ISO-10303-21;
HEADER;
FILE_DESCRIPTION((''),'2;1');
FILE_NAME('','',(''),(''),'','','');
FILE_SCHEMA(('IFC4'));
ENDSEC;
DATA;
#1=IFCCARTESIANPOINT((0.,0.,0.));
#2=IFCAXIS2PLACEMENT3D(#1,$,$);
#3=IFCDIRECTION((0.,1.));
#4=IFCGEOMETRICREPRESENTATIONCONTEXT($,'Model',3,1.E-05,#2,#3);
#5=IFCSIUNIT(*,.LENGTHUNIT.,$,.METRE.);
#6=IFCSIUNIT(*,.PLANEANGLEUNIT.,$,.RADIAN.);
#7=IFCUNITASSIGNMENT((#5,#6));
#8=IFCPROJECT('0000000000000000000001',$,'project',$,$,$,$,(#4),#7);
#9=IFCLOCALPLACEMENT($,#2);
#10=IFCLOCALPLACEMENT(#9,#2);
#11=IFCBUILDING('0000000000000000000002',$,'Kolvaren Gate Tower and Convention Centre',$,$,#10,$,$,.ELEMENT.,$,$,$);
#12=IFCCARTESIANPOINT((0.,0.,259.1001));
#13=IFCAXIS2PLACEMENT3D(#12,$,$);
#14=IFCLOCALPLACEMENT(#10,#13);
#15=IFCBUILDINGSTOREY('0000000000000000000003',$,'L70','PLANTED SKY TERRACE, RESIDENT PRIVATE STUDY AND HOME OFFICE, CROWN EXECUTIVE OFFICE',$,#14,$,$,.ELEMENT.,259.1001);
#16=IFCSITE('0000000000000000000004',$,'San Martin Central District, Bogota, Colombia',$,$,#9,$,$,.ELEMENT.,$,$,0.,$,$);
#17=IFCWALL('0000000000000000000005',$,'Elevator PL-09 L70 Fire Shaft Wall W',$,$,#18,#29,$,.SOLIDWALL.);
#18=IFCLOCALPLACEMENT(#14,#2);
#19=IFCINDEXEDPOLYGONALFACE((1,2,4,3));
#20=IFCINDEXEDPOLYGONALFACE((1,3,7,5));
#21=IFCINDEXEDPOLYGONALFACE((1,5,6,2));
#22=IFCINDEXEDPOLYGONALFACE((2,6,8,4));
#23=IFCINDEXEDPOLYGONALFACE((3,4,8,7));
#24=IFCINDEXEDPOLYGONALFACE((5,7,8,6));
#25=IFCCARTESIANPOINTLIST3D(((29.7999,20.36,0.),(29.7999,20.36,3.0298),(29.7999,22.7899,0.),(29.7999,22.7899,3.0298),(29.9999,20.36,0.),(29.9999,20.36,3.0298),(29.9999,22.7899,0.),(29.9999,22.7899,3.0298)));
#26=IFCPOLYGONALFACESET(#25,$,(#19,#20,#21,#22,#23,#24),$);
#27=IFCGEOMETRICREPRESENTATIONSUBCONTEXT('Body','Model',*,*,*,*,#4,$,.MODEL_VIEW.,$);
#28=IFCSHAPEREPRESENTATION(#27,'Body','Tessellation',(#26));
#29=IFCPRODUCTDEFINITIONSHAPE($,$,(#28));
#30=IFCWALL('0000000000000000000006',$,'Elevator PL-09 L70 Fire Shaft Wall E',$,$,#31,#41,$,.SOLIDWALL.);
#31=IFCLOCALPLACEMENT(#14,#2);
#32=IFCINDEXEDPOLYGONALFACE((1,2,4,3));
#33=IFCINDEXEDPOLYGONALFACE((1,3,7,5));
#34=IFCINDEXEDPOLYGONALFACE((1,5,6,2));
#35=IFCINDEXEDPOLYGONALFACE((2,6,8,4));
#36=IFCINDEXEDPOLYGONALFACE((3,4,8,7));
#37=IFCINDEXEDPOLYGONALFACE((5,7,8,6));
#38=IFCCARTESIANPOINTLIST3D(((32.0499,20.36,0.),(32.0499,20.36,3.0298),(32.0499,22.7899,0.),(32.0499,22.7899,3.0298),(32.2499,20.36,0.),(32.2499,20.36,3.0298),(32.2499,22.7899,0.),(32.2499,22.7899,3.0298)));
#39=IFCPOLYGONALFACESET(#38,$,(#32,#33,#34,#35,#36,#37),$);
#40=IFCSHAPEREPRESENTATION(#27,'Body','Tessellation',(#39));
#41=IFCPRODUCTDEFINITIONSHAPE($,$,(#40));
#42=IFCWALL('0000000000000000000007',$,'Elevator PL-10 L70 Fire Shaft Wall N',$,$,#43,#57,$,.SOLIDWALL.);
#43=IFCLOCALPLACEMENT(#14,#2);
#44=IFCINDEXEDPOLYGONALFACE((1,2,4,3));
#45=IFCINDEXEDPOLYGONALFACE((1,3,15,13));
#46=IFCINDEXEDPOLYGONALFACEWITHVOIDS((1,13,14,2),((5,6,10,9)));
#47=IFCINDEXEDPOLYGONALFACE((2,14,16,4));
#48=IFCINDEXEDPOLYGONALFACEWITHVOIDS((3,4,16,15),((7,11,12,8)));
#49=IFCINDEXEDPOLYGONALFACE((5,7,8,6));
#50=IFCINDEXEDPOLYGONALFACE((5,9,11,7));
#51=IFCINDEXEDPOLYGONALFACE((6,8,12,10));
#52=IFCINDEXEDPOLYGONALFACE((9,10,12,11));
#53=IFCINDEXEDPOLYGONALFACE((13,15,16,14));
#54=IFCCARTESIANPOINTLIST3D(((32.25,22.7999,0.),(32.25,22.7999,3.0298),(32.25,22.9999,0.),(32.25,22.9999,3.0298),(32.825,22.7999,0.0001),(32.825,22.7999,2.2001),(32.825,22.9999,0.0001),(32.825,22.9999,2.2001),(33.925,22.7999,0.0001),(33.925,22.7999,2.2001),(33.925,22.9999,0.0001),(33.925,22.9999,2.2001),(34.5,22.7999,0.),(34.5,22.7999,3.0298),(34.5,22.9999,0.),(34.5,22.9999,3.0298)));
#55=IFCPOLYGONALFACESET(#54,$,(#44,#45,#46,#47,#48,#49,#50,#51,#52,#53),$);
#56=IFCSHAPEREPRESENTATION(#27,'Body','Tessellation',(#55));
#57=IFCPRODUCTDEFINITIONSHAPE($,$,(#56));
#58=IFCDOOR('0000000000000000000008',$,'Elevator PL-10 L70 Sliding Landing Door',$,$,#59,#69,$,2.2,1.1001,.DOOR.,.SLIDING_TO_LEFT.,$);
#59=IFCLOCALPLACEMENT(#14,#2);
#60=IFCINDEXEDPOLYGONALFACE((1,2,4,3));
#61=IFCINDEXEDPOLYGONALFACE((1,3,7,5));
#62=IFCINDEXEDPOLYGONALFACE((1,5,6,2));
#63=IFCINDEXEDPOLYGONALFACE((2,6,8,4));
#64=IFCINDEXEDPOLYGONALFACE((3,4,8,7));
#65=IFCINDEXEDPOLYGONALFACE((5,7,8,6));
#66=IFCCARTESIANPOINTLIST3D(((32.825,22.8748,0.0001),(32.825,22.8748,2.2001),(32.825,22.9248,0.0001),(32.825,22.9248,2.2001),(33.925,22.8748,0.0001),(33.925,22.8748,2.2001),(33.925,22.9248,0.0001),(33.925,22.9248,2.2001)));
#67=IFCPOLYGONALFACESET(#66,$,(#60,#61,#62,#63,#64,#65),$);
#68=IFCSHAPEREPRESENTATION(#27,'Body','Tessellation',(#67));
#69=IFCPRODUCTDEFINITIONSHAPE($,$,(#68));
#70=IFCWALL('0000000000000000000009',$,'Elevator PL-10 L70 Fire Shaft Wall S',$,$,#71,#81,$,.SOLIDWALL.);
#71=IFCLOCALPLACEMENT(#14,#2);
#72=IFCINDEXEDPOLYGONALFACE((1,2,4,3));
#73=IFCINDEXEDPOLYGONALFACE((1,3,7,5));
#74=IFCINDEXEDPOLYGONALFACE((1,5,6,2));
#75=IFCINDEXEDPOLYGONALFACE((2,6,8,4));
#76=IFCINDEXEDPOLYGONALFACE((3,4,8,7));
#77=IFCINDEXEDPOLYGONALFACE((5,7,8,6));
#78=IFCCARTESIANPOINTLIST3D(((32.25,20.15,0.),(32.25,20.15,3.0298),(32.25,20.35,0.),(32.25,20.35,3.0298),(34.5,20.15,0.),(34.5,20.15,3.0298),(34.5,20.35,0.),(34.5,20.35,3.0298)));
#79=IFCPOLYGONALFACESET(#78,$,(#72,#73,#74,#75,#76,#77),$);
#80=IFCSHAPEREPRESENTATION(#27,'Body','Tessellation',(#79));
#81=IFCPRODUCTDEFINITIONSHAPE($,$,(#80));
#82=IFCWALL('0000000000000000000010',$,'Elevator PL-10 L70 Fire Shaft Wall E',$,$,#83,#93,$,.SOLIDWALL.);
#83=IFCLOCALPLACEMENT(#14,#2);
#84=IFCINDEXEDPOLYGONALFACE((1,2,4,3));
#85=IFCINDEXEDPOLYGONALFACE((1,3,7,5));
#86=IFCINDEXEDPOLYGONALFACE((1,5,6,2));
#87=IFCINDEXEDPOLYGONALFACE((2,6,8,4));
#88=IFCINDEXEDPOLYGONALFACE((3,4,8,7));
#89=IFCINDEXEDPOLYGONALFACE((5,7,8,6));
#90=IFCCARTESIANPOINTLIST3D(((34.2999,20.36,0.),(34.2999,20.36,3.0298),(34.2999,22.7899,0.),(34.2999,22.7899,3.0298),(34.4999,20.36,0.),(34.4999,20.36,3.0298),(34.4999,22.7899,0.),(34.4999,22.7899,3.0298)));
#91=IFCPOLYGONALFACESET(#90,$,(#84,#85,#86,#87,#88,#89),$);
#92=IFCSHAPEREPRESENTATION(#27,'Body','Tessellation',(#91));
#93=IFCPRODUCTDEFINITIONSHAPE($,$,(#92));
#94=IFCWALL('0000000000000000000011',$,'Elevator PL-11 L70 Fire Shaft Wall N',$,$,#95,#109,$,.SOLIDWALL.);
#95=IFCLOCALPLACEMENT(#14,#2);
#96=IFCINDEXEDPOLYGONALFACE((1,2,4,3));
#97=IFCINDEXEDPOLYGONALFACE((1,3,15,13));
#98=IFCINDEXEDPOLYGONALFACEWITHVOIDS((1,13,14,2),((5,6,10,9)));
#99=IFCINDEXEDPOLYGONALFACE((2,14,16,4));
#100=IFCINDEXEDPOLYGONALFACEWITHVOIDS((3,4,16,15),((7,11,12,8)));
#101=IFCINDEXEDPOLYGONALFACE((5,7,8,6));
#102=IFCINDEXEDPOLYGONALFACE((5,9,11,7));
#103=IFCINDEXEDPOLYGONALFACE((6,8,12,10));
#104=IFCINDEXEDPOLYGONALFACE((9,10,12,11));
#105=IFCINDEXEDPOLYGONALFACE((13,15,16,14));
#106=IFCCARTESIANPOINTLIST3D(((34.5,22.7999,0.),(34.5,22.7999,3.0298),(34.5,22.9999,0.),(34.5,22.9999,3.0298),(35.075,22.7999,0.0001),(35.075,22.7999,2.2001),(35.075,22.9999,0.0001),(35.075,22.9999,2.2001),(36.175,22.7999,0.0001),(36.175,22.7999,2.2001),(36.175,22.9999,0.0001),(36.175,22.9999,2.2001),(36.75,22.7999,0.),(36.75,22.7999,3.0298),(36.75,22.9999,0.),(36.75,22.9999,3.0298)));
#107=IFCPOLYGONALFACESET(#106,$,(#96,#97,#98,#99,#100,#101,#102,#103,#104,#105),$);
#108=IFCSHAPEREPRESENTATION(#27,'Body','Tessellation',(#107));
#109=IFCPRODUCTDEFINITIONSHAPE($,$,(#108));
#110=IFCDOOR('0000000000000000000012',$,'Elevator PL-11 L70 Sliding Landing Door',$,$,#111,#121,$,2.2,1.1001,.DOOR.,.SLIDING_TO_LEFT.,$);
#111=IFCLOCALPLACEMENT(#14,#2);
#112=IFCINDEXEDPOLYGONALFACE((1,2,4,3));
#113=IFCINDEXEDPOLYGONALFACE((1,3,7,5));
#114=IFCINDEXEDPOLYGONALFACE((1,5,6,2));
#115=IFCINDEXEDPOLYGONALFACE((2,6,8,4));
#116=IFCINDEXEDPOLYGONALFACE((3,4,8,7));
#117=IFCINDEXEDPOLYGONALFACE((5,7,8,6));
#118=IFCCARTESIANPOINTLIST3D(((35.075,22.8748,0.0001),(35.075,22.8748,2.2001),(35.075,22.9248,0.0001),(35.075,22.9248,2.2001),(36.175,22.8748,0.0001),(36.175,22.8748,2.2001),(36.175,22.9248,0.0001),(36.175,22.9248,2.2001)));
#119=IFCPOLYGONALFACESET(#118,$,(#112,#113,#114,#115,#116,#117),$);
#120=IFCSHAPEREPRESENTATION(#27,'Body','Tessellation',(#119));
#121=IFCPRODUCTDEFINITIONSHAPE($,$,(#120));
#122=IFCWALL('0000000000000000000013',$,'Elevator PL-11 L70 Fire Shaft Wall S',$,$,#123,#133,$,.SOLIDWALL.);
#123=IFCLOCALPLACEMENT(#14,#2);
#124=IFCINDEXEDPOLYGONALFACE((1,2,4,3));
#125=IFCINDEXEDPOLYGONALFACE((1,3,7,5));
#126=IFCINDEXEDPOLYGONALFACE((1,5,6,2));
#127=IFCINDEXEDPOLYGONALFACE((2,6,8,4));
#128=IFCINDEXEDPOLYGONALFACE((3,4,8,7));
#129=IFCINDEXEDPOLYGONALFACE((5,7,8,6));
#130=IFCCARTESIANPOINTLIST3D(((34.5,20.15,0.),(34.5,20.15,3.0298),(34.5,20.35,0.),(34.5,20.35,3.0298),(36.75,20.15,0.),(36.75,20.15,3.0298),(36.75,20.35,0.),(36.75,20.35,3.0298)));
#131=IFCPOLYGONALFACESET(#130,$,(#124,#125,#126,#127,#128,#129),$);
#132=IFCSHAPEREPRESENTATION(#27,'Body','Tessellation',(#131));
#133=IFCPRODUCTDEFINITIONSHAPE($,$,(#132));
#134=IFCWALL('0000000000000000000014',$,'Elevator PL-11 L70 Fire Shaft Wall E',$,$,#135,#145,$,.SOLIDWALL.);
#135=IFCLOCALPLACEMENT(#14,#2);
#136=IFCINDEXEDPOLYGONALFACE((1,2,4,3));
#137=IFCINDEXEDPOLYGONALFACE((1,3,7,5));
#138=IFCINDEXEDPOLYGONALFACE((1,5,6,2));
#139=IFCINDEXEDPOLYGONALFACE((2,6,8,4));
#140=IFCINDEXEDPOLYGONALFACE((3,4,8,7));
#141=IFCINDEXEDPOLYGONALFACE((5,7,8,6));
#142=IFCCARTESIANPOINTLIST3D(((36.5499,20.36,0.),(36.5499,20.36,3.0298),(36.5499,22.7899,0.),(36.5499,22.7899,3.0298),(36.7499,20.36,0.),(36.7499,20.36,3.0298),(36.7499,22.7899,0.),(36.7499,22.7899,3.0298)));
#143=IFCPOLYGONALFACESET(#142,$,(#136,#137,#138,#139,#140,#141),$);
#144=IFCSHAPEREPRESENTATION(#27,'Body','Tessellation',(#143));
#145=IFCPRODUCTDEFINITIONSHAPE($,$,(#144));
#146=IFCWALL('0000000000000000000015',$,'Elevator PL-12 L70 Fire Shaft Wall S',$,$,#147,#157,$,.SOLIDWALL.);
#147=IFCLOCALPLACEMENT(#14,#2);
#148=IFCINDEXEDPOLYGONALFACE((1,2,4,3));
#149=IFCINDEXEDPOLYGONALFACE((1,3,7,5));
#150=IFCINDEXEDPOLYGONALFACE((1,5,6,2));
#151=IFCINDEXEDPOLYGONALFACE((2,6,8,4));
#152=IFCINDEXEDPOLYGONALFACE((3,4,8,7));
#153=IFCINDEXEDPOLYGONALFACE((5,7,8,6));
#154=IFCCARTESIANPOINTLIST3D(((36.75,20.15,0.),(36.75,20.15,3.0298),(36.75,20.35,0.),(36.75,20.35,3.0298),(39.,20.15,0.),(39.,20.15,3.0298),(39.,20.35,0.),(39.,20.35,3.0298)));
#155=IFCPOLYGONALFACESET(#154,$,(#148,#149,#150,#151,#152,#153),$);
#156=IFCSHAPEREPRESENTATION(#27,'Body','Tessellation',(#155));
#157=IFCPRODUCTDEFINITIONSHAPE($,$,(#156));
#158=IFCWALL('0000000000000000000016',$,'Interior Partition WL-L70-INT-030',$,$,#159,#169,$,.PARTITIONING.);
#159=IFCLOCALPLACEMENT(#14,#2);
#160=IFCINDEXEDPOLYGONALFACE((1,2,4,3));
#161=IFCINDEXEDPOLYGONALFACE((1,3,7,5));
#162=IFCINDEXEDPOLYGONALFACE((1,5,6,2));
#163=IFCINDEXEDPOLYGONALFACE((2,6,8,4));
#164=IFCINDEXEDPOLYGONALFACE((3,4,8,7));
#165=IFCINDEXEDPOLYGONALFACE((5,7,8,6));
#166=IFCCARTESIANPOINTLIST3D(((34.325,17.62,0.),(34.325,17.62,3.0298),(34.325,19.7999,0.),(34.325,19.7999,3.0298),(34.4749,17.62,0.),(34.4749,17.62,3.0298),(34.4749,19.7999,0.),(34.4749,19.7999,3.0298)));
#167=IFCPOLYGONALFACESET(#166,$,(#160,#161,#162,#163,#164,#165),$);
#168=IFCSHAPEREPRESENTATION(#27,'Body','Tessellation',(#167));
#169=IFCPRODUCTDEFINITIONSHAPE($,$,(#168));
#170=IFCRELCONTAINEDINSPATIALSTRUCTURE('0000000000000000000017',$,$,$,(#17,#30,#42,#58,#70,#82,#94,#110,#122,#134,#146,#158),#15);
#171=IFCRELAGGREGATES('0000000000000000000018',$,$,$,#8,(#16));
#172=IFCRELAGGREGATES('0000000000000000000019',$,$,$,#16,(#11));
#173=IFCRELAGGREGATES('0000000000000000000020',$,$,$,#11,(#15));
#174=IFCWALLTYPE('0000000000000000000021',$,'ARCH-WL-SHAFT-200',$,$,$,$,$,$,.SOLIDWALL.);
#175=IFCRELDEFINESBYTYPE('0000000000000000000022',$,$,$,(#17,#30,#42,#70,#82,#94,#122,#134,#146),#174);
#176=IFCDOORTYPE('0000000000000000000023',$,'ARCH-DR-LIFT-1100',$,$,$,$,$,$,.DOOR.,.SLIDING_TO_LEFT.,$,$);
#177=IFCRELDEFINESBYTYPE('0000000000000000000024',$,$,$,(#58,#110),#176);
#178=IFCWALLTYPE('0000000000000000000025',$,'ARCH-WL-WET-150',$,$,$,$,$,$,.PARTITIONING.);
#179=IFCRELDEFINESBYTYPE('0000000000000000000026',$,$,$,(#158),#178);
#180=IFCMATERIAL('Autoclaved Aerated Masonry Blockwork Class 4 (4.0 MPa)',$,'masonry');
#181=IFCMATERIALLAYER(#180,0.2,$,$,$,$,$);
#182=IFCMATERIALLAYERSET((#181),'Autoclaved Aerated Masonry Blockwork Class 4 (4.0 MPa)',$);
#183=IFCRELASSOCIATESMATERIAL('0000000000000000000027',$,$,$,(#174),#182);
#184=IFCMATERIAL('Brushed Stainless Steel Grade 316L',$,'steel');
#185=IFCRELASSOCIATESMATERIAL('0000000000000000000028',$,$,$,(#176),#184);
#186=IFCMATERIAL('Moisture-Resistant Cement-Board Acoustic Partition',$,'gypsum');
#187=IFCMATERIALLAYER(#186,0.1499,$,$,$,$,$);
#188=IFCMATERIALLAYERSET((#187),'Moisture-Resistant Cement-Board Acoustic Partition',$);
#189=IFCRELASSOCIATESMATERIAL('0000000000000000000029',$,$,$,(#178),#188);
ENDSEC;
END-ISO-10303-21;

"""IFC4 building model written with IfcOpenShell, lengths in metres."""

from ifc_helpers import new_model, si_unit, direction, frame, frame_2d, origin, place, context, subcontext, project, spatial, rectangle, extrude, material, layer, layer_set, type_object, element, fill, save


model = new_model("IFC4")

# Units and contexts
model_context = context("Model", 3, precision=1e-05, world=origin(), true_north=direction((0.0, 1.0)))
body_context = subcontext(model_context, "Body", "Model", "MODEL_VIEW")
ifc_project = project(units=[si_unit("LENGTHUNIT", "METRE"), si_unit("PLANEANGLEUNIT", "RADIAN")], contexts=[model_context])

# Site, building, storey
site_placement = place(None, origin())
site = spatial("IfcSite", under=ifc_project, at=site_placement, Name="San Martin Central District, Bogota, Colombia", CompositionType="ELEMENT", RefElevation=0.0)
building_placement = place(site_placement, origin())
building = spatial("IfcBuilding", under=site, at=building_placement, Name="Kolvaren Gate Tower and Convention Centre", CompositionType="ELEMENT")
storey_placement = place(building_placement, frame((0.0, 0.0, 259.1001)))
storey = spatial("IfcBuildingStorey", under=building, at=storey_placement, Name="L70", Description="PLANTED SKY TERRACE, RESIDENT PRIVATE STUDY AND HOME OFFICE, CROWN EXECUTIVE OFFICE", CompositionType="ELEMENT", Elevation=259.1001)

# Shared definitions
ifc_material_1 = material(Name="Autoclaved Aerated Masonry Blockwork Class 4 (4.0 MPa)", Category="masonry")

# Shared definitions
ifc_layer_1 = layer(ifc_material_1, 0.2)
ifc_layer_set_1 = layer_set([ifc_layer_1], Name="Autoclaved Aerated Masonry Blockwork Class 4 (4.0 MPa)")
wall_type_1 = type_object("IfcWallType", Name="ARCH-WL-SHAFT-200", PredefinedType="SOLIDWALL", material=ifc_layer_set_1)
ifc_material_2 = material(Name="Brushed Stainless Steel Grade 316L", Category="steel")
door_type_1 = type_object("IfcDoorType", Name="ARCH-DR-LIFT-1100", OperationType="SLIDING_TO_LEFT", PredefinedType="DOOR", material=ifc_material_2)

# Walls
for number, where, z_axis, x_axis, name in (
    (1, (29.8999, 20.3601, 0.0), (0.0, 0.0, 1.0), (0.0, 1.0, 0.0), "Elevator PL-09 L70 Fire Shaft Wall W"),
    (2, (32.1499, 20.3601, 0.0), (0.0, 0.0, 1.0), (0.0, 1.0, 0.0), "Elevator PL-09 L70 Fire Shaft Wall E"),
):
    element("IfcWall", number, at=place(storey_placement, frame(where, z_axis=z_axis, x_axis=x_axis)), inside=storey, type_object=wall_type_1, Name=name, PredefinedType="SOLIDWALL", context=body_context, shape_type="SweptSolid", body=[
        extrude(rectangle(XDim=2.4299, YDim=0.2, at=frame_2d((1.2148, 0.0))), origin(), (0.0, 0.0, 1.0), 3.0298),
    ])

# Wall, opening, door
wall_1_placement = place(storey_placement, frame((32.25, 22.8999, 0.0), z_axis=(0.0, 0.0, 1.0), x_axis=(1.0, 0.0, 0.0)))
wall_1 = element("IfcWall", 3, at=wall_1_placement, inside=storey, type_object=wall_type_1, Name="Elevator PL-10 L70 Fire Shaft Wall N", PredefinedType="SOLIDWALL", context=body_context, shape_type="SweptSolid", body=[
    extrude(rectangle(XDim=2.25, YDim=0.2, at=frame_2d((1.125, 0.0))), origin(), (0.0, 0.0, 1.0), 3.0298),
])
opening_1_placement = place(wall_1_placement, frame((0.575, 0.0, 0.0)))
opening_1 = element("IfcOpeningElement", 4, at=opening_1_placement, cuts=wall_1, PredefinedType="OPENING", context=body_context, shape_type="SweptSolid", body=[
    extrude(rectangle(XDim=1.1001, YDim=2.2, at=frame_2d((0.55, 1.1001))), frame((0.0, 0.1099, 0.0), z_axis=(0.0, -1.0, 0.0), x_axis=(1.0, 0.0, 0.0)), (0.0, 0.0, 1.0), 0.22),
])
door_1_placement = place(opening_1_placement, origin())
door_1 = element("IfcDoor", 5, at=door_1_placement, inside=storey, type_object=door_type_1, Name="Elevator PL-10 L70 Sliding Landing Door", OperationType="SLIDING_TO_LEFT", OverallHeight=2.2, OverallWidth=1.1001, PredefinedType="DOOR", context=body_context, shape_type="SweptSolid", body=[
    extrude(rectangle(XDim=1.1001, YDim=2.2, at=frame_2d((0.55, 1.1001))), frame((0.0, 0.0249, 0.0), z_axis=(0.0, -1.0, 0.0), x_axis=(1.0, 0.0, 0.0)), (0.0, 0.0, 1.0), 0.05),
])
fill(opening_1, door_1)

# Walls
wall_2_placement = place(storey_placement, frame((32.25, 20.25, 0.0), z_axis=(0.0, 0.0, 1.0), x_axis=(1.0, 0.0, 0.0)))
element("IfcWall", 6, at=wall_2_placement, inside=storey, type_object=wall_type_1, Name="Elevator PL-10 L70 Fire Shaft Wall S", PredefinedType="SOLIDWALL", context=body_context, shape_type="SweptSolid", body=[
    extrude(rectangle(XDim=2.25, YDim=0.2, at=frame_2d((1.125, 0.0))), origin(), (0.0, 0.0, 1.0), 3.0298),
])
wall_3_placement = place(storey_placement, frame((34.3999, 20.3601, 0.0), z_axis=(0.0, 0.0, 1.0), x_axis=(0.0, 1.0, 0.0)))
element("IfcWall", 7, at=wall_3_placement, inside=storey, type_object=wall_type_1, Name="Elevator PL-10 L70 Fire Shaft Wall E", PredefinedType="SOLIDWALL", context=body_context, shape_type="SweptSolid", body=[
    extrude(rectangle(XDim=2.4299, YDim=0.2, at=frame_2d((1.2148, 0.0))), origin(), (0.0, 0.0, 1.0), 3.0298),
])

# Wall, opening, door
wall_4_placement = place(storey_placement, frame((34.5, 22.8999, 0.0), z_axis=(0.0, 0.0, 1.0), x_axis=(1.0, 0.0, 0.0)))
wall_4 = element("IfcWall", 8, at=wall_4_placement, inside=storey, type_object=wall_type_1, Name="Elevator PL-11 L70 Fire Shaft Wall N", PredefinedType="SOLIDWALL", context=body_context, shape_type="SweptSolid", body=[
    extrude(rectangle(XDim=2.25, YDim=0.2, at=frame_2d((1.125, 0.0))), origin(), (0.0, 0.0, 1.0), 3.0298),
])
opening_2_placement = place(wall_4_placement, frame((0.575, 0.0, 0.0)))
opening_2 = element("IfcOpeningElement", 9, at=opening_2_placement, cuts=wall_4, PredefinedType="OPENING", context=body_context, shape_type="SweptSolid", body=[
    extrude(rectangle(XDim=1.1001, YDim=2.2, at=frame_2d((0.55, 1.1001))), frame((0.0, 0.1099, 0.0), z_axis=(0.0, -1.0, 0.0), x_axis=(1.0, 0.0, 0.0)), (0.0, 0.0, 1.0), 0.22),
])
door_2_placement = place(opening_2_placement, origin())
door_2 = element("IfcDoor", 10, at=door_2_placement, inside=storey, type_object=door_type_1, Name="Elevator PL-11 L70 Sliding Landing Door", OperationType="SLIDING_TO_LEFT", OverallHeight=2.2, OverallWidth=1.1001, PredefinedType="DOOR", context=body_context, shape_type="SweptSolid", body=[
    extrude(rectangle(XDim=1.1001, YDim=2.2, at=frame_2d((0.55, 1.1001))), frame((0.0, 0.0249, 0.0), z_axis=(0.0, -1.0, 0.0), x_axis=(1.0, 0.0, 0.0)), (0.0, 0.0, 1.0), 0.05),
])
fill(opening_2, door_2)

# Walls
wall_5_placement = place(storey_placement, frame((34.5, 20.25, 0.0), z_axis=(0.0, 0.0, 1.0), x_axis=(1.0, 0.0, 0.0)))
element("IfcWall", 11, at=wall_5_placement, inside=storey, type_object=wall_type_1, Name="Elevator PL-11 L70 Fire Shaft Wall S", PredefinedType="SOLIDWALL", context=body_context, shape_type="SweptSolid", body=[
    extrude(rectangle(XDim=2.25, YDim=0.2, at=frame_2d((1.125, 0.0))), origin(), (0.0, 0.0, 1.0), 3.0298),
])
wall_6_placement = place(storey_placement, frame((36.6499, 20.3601, 0.0), z_axis=(0.0, 0.0, 1.0), x_axis=(0.0, 1.0, 0.0)))
element("IfcWall", 12, at=wall_6_placement, inside=storey, type_object=wall_type_1, Name="Elevator PL-11 L70 Fire Shaft Wall E", PredefinedType="SOLIDWALL", context=body_context, shape_type="SweptSolid", body=[
    extrude(rectangle(XDim=2.4299, YDim=0.2, at=frame_2d((1.2148, 0.0))), origin(), (0.0, 0.0, 1.0), 3.0298),
])
wall_7_placement = place(storey_placement, frame((36.75, 20.25, 0.0), z_axis=(0.0, 0.0, 1.0), x_axis=(1.0, 0.0, 0.0)))
element("IfcWall", 13, at=wall_7_placement, inside=storey, type_object=wall_type_1, Name="Elevator PL-12 L70 Fire Shaft Wall S", PredefinedType="SOLIDWALL", context=body_context, shape_type="SweptSolid", body=[
    extrude(rectangle(XDim=2.25, YDim=0.2, at=frame_2d((1.125, 0.0))), origin(), (0.0, 0.0, 1.0), 3.0298),
])
ifc_material_3 = material(Name="Moisture-Resistant Cement-Board Acoustic Partition", Category="gypsum")
ifc_layer_2 = layer(ifc_material_3, 0.1499)
ifc_layer_set_2 = layer_set([ifc_layer_2], Name="Moisture-Resistant Cement-Board Acoustic Partition")
wall_type_2 = type_object("IfcWallType", Name="ARCH-WL-WET-150", PredefinedType="PARTITIONING", material=ifc_layer_set_2)
wall_8_placement = place(storey_placement, frame((34.3999, 17.6201, 0.0), z_axis=(0.0, 0.0, 1.0), x_axis=(0.0, 1.0, 0.0)))
element("IfcWall", 14, at=wall_8_placement, inside=storey, type_object=wall_type_2, Name="Interior Partition WL-L70-INT-030", PredefinedType="PARTITIONING", context=body_context, shape_type="SweptSolid", body=[
    extrude(rectangle(XDim=2.1799, YDim=0.1499, at=frame_2d((1.0898, 0.0))), origin(), (0.0, 0.0, 1.0), 3.0298),
])

save(model, "model.ifc")
